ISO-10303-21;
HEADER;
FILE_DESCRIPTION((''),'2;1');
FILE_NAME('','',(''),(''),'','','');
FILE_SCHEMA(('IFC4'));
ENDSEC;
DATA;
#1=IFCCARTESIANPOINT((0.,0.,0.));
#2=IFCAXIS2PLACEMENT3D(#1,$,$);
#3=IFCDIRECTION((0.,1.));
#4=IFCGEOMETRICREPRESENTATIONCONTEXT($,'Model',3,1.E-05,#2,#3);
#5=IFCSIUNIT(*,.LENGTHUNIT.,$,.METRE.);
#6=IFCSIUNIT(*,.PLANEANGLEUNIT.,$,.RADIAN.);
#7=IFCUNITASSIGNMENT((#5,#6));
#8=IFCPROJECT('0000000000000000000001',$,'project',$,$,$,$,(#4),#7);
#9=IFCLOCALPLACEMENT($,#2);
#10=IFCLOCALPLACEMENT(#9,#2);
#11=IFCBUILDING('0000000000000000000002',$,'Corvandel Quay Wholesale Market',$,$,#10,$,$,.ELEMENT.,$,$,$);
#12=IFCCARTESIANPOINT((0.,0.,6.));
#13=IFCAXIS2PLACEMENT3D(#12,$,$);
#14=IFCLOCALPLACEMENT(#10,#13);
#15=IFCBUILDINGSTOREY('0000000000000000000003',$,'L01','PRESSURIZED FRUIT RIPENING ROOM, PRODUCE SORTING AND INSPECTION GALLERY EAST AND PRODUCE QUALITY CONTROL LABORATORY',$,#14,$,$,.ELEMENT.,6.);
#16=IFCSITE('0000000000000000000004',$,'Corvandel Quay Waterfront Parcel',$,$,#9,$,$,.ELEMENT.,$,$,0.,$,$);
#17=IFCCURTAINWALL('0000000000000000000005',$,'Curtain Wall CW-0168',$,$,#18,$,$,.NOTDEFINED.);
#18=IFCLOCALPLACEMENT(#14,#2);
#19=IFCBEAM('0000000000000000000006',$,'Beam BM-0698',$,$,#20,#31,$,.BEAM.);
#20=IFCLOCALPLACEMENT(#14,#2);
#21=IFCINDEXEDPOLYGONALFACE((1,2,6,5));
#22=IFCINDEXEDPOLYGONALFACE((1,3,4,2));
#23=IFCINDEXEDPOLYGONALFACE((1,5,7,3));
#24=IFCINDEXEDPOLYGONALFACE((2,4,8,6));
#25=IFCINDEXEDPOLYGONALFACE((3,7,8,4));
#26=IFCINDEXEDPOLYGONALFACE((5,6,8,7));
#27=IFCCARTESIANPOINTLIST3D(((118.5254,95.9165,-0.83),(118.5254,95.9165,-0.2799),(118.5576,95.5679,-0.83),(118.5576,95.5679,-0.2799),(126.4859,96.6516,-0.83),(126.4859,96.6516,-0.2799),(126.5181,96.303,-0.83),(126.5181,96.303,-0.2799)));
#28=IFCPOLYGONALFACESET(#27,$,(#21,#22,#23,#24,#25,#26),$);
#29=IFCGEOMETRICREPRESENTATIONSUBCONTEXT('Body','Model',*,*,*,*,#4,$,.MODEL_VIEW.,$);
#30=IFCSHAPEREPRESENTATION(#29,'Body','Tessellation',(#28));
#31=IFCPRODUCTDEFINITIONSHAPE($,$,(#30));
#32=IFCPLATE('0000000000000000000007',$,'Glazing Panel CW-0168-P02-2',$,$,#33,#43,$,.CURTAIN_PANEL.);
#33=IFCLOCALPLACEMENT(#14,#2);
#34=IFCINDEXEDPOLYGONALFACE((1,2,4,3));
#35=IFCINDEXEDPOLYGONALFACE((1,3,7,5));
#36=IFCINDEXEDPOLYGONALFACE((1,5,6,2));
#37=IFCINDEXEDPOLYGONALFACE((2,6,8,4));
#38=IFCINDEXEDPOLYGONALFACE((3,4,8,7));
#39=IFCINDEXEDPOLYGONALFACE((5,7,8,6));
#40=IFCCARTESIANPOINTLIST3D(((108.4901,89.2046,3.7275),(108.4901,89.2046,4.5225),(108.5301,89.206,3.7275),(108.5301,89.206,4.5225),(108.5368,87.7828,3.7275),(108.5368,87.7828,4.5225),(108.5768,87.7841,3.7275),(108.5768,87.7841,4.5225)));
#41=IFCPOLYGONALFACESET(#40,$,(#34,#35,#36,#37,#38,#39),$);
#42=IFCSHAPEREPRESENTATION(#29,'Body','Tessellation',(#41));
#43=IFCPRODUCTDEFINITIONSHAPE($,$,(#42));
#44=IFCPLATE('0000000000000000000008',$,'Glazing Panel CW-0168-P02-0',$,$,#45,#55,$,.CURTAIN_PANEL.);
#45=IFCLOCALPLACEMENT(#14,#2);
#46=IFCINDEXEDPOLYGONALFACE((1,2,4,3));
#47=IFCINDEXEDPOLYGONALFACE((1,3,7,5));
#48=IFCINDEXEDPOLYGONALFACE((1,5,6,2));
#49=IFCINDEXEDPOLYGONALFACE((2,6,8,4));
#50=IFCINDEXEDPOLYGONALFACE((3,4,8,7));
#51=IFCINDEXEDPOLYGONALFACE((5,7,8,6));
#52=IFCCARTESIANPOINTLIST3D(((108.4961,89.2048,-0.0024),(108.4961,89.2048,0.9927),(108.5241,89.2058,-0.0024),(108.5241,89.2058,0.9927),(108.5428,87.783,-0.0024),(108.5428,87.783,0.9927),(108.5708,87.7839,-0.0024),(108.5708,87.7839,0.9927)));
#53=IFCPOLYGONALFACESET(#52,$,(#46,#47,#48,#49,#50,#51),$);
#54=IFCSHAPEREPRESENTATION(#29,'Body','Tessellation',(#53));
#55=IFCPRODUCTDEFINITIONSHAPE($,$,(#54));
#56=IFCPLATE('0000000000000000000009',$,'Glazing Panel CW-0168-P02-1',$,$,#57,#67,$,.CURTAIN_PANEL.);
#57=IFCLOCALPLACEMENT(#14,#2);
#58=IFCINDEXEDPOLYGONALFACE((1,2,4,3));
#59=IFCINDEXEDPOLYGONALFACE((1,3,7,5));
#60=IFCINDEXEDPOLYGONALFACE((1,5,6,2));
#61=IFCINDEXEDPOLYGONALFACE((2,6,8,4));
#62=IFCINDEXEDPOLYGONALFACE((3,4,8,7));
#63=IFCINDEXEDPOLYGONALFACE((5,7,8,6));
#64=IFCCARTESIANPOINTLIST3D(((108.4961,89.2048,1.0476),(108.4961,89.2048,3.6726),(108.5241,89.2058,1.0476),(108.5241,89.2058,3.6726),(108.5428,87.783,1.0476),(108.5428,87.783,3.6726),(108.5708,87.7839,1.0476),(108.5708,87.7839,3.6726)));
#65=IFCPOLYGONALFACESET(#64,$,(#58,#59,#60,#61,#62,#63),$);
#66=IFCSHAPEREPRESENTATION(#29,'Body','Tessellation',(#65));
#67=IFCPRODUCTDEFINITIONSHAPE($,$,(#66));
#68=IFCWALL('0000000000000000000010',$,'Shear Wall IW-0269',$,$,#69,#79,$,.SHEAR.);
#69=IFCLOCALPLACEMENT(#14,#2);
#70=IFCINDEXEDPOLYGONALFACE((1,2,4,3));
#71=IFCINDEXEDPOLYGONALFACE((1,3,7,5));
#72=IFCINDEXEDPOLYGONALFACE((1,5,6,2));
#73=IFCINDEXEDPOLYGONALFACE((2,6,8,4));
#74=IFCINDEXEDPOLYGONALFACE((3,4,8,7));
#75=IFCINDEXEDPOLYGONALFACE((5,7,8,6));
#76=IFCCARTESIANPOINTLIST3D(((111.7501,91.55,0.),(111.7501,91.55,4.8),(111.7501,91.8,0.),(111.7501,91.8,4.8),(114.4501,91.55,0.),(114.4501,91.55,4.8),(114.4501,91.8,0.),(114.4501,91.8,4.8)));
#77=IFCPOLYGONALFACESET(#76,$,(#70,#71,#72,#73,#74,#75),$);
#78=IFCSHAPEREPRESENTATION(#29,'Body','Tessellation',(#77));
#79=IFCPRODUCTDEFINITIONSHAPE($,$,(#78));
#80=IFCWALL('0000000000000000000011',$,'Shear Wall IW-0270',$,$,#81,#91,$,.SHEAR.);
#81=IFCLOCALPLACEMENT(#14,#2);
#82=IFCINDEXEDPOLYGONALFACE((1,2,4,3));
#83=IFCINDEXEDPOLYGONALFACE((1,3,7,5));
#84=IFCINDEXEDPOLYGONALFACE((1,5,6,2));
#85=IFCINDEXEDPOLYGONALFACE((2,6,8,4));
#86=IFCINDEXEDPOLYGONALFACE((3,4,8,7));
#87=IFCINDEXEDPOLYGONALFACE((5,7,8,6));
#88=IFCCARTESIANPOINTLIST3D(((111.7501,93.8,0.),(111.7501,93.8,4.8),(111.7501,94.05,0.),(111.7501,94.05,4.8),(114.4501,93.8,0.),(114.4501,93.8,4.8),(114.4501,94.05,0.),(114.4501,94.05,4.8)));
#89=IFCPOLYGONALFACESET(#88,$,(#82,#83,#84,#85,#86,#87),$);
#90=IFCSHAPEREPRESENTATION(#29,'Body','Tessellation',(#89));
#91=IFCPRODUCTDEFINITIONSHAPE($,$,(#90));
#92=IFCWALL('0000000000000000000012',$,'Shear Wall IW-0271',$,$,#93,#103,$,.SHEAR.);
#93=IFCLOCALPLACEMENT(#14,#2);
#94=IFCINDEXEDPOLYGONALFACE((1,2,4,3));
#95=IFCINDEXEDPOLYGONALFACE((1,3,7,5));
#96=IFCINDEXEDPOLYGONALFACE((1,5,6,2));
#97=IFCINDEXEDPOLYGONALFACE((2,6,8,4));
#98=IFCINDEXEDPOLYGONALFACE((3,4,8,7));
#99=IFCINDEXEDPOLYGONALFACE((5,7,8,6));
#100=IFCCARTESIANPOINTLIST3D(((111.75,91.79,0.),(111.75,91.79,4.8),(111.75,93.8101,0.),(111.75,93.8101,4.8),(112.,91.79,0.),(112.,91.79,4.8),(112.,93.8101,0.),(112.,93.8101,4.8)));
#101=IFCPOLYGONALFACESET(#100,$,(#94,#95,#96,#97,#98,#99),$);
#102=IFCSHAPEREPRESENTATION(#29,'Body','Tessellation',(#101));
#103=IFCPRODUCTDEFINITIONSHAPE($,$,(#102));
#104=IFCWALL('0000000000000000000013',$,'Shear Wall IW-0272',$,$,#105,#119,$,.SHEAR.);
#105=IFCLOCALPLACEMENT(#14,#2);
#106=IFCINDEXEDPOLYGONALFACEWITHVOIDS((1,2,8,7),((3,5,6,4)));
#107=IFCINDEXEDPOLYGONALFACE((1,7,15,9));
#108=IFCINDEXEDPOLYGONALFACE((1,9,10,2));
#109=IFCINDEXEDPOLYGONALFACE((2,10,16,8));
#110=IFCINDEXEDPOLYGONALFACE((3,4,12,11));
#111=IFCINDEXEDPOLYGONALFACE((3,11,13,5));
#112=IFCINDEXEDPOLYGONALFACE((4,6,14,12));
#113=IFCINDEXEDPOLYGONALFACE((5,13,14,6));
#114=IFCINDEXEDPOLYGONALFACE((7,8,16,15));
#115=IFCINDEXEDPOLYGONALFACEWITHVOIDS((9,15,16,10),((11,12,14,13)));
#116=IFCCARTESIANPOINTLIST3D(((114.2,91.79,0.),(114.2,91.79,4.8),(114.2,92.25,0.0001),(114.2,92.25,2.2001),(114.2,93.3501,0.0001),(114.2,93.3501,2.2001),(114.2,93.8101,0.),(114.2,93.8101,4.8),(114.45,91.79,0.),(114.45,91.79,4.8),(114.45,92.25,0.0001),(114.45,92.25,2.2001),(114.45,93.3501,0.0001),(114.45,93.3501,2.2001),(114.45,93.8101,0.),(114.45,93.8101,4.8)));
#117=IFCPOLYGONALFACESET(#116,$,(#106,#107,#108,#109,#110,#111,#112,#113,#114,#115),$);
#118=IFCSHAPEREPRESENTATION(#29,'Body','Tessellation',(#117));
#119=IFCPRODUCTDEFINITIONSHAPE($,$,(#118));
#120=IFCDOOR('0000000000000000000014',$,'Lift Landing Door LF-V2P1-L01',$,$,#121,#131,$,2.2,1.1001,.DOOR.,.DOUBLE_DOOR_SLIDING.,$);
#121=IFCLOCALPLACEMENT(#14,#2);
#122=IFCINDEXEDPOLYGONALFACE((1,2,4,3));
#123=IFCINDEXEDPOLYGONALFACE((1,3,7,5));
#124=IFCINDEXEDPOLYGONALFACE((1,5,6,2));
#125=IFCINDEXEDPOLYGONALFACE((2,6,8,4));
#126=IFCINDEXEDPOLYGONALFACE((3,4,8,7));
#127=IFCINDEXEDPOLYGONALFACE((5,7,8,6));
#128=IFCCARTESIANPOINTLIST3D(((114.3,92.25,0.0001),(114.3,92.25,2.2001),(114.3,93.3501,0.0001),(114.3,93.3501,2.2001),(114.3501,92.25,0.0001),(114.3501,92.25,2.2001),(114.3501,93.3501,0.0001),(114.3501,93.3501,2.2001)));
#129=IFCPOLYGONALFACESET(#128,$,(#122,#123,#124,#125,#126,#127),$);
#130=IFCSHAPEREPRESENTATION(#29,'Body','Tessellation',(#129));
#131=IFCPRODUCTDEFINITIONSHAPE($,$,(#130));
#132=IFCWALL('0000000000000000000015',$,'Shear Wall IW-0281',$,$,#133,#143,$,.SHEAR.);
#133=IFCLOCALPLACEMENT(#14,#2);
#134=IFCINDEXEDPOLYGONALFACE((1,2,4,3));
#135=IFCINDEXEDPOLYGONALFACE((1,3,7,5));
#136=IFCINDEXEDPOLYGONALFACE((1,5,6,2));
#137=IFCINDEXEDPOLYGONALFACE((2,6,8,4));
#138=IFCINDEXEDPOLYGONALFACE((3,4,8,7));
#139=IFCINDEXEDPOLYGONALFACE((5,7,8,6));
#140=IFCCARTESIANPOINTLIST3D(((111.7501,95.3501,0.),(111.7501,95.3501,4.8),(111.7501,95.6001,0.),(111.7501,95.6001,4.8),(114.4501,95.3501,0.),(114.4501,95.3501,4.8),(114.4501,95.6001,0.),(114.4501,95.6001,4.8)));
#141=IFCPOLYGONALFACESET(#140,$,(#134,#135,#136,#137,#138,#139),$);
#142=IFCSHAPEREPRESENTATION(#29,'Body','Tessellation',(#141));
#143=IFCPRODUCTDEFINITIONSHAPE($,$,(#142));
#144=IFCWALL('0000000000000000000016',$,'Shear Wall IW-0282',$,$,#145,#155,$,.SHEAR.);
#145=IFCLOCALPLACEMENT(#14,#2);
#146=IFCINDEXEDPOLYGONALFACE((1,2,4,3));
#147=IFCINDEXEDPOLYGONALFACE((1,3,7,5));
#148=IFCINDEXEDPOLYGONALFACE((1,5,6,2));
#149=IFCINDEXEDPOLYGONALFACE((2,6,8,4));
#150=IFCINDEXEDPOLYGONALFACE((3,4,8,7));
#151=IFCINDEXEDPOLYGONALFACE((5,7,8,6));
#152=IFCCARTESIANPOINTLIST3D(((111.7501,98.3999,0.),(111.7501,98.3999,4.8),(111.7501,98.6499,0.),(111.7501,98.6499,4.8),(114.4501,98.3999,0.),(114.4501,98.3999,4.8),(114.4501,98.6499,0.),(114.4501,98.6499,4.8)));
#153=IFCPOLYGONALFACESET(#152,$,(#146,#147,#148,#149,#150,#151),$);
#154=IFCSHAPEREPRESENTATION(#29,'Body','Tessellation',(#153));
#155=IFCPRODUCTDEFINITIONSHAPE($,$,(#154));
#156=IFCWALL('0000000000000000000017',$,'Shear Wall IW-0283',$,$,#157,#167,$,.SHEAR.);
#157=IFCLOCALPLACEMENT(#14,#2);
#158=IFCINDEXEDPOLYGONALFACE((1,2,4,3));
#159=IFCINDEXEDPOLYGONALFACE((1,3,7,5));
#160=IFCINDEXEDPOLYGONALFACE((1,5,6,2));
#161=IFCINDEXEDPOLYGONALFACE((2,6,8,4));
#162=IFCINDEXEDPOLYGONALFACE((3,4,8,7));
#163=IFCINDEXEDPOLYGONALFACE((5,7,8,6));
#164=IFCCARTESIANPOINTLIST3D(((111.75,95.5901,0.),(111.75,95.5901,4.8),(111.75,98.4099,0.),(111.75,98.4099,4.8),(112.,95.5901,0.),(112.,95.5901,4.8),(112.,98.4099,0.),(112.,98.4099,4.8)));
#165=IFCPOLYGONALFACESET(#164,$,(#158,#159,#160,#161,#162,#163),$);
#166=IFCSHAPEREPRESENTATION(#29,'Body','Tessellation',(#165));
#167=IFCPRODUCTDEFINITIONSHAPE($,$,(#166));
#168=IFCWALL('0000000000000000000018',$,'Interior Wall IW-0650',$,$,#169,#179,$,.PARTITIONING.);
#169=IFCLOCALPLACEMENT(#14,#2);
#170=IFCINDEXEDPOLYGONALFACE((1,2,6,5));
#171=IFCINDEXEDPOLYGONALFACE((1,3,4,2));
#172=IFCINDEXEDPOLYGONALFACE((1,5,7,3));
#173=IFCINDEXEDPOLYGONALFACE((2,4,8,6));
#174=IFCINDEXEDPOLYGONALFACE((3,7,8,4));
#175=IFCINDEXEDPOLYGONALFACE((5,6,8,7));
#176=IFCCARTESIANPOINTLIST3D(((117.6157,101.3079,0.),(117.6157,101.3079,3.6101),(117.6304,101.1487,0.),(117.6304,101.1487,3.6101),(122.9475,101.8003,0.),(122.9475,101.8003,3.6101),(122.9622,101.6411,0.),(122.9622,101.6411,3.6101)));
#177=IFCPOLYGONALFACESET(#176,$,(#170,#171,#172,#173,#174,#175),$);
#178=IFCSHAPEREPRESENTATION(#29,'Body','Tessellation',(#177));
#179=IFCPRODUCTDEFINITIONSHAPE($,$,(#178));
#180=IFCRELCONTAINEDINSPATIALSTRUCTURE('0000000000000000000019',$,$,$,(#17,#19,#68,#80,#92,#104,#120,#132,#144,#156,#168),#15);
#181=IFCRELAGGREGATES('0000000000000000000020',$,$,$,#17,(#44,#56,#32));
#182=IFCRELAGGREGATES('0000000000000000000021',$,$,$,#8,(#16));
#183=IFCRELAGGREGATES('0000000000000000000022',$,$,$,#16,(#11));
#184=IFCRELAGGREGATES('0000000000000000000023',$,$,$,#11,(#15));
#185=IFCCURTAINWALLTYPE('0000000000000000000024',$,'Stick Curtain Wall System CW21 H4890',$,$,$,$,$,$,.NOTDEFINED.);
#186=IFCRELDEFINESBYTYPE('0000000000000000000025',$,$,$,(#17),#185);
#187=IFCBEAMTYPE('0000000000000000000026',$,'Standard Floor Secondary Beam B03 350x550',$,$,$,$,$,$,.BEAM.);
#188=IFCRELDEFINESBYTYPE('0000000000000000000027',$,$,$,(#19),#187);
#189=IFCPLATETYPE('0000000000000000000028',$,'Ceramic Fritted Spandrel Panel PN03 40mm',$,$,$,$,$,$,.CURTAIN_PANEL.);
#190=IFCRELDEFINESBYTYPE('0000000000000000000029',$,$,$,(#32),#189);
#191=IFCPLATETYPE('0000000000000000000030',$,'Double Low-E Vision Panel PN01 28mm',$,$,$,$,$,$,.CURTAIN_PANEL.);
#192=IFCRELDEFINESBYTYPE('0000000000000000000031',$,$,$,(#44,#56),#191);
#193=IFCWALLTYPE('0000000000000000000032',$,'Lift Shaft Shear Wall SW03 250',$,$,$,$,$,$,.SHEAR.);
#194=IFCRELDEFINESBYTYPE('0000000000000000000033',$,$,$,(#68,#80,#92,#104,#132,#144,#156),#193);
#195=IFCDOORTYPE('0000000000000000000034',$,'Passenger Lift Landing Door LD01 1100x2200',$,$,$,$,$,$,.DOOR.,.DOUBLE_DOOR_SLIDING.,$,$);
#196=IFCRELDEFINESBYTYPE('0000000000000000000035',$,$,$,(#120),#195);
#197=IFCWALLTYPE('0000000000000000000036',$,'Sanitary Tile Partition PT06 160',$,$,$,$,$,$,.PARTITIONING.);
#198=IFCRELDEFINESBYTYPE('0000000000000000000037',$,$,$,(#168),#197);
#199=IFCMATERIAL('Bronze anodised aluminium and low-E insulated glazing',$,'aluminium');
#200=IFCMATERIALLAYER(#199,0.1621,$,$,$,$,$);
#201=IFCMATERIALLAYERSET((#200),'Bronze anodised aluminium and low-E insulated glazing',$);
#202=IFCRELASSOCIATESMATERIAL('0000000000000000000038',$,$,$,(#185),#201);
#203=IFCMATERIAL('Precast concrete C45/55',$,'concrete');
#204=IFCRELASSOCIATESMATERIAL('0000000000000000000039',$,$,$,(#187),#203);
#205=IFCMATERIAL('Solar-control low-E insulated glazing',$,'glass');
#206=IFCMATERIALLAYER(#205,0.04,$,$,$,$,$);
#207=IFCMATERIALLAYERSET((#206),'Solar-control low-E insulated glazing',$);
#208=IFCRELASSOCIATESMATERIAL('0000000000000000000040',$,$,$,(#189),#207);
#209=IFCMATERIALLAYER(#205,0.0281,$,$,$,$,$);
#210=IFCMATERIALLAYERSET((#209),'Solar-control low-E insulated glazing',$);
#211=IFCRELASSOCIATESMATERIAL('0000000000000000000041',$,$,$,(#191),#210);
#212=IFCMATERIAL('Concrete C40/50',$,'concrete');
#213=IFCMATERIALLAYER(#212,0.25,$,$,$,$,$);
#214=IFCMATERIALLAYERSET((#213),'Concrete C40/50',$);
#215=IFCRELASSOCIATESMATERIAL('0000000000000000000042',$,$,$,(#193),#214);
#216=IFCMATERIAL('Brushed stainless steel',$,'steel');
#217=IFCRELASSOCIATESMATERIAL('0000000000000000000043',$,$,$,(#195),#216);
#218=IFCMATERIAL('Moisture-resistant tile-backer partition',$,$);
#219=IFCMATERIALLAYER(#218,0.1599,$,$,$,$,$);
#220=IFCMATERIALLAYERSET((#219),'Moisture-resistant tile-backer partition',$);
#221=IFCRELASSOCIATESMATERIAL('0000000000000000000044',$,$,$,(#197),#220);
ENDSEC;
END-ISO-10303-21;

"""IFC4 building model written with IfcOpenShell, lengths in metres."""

from ifc_helpers import new_model, si_unit, direction, frame, frame_2d, origin, origin_2d, place, context, subcontext, project, spatial, rectangle, extrude, material, layer, layer_set, material_profile, profile_set, type_object, element, fill, aggregate, save


model = new_model("IFC4")

# Units and contexts
model_context = context("Model", 3, precision=1e-05, world=origin(), true_north=direction((0.0, 1.0)))
body_context = subcontext(model_context, "Body", "Model", "MODEL_VIEW")
ifc_project = project(units=[si_unit("LENGTHUNIT", "METRE"), si_unit("PLANEANGLEUNIT", "RADIAN")], contexts=[model_context])

# Site, building, storey
site_placement = place(None, origin())
site = spatial("IfcSite", under=ifc_project, at=site_placement, Name="Corvandel Quay Waterfront Parcel", CompositionType="ELEMENT", RefElevation=0.0)
building_placement = place(site_placement, origin())
building = spatial("IfcBuilding", under=site, at=building_placement, Name="Corvandel Quay Wholesale Market", CompositionType="ELEMENT")
storey_placement = place(building_placement, frame((0.0, 0.0, 6.0)))
storey = spatial("IfcBuildingStorey", under=building, at=storey_placement, Name="L01", Description="PRESSURIZED FRUIT RIPENING ROOM, PRODUCE SORTING AND INSPECTION GALLERY EAST AND PRODUCE QUALITY CONTROL LABORATORY", CompositionType="ELEMENT", Elevation=6.0)

# Shared definitions
ifc_material_1 = material(Name="Precast concrete C45/55", Category="concrete")

# Curtain wall
ifc_material_2 = material(Name="Bronze anodised aluminium and low-E insulated glazing", Category="aluminium")
ifc_layer_1 = layer(ifc_material_2, 0.1621)
ifc_layer_set_1 = layer_set([ifc_layer_1], Name="Bronze anodised aluminium and low-E insulated glazing")
curtain_wall_type = type_object("IfcCurtainWallType", Name="Stick Curtain Wall System CW21 H4890", PredefinedType="NOTDEFINED", material=ifc_layer_set_1)
curtain_wall_placement = place(storey_placement, origin())
curtain_wall = element("IfcCurtainWall", 1, at=curtain_wall_placement, inside=storey, type_object=curtain_wall_type, Name="Curtain Wall CW-0168", PredefinedType="NOTDEFINED")

# Beam
ifc_material_profile_1 = material_profile(ifc_material_1, rectangle(XDim=0.3501, YDim=0.55, at=origin_2d()), Name="PC-BM-350x550")
ifc_profile_set_1 = profile_set([ifc_material_profile_1], Name="Precast concrete C45/55")
beam_type_1 = type_object("IfcBeamType", Name="Standard Floor Secondary Beam B03 350x550", PredefinedType="BEAM", material=ifc_profile_set_1)
beam_1_placement = place(storey_placement, frame((118.5415, 95.7422, -0.5549), z_axis=(0.995763, 0.091954, 0.0), x_axis=(-0.091954, 0.995763, 0.0)))
element("IfcBeam", 2, at=beam_1_placement, inside=storey, type_object=beam_type_1, Name="Beam BM-0698", PredefinedType="BEAM", context=body_context, shape_type="SweptSolid", body=[
    extrude(rectangle(XDim=0.3501, YDim=0.55, at=origin_2d()), origin(), (0.0, 0.0, 1.0), 7.9944),
])

# Plates
ifc_material_3 = material(Name="Solar-control low-E insulated glazing", Category="glass")
ifc_layer_2 = layer(ifc_material_3, 0.04)
ifc_layer_set_2 = layer_set([ifc_layer_2], Name="Solar-control low-E insulated glazing")
plate_type_1 = type_object("IfcPlateType", Name="Ceramic Fritted Spandrel Panel PN03 40mm", PredefinedType="CURTAIN_PANEL", material=ifc_layer_set_2)
plate_1_placement = place(storey_placement, frame((108.5334, 88.4944, 3.7275), z_axis=(0.0, 0.0, 1.0), x_axis=(-0.032806, 0.999462, 0.0)))
plate_1 = element("IfcPlate", 3, at=plate_1_placement, type_object=plate_type_1, Name="Glazing Panel CW-0168-P02-2", PredefinedType="CURTAIN_PANEL", context=body_context, shape_type="SweptSolid", body=[
    extrude(rectangle(XDim=1.4226, YDim=0.04, at=origin_2d()), origin(), (0.0, 0.0, 1.0), 0.7949),
])
ifc_layer_3 = layer(ifc_material_3, 0.0281)
ifc_layer_set_3 = layer_set([ifc_layer_3], Name="Solar-control low-E insulated glazing")
plate_type_2 = type_object("IfcPlateType", Name="Double Low-E Vision Panel PN01 28mm", PredefinedType="CURTAIN_PANEL", material=ifc_layer_set_3)
plate_2_placement = place(storey_placement, frame((108.5334, 88.4944, -0.0024), z_axis=(0.0, 0.0, 1.0), x_axis=(-0.032806, 0.999462, 0.0)))
plate_2 = element("IfcPlate", 4, at=plate_2_placement, type_object=plate_type_2, Name="Glazing Panel CW-0168-P02-0", PredefinedType="CURTAIN_PANEL", context=body_context, shape_type="SweptSolid", body=[
    extrude(rectangle(XDim=1.4226, YDim=0.0281, at=origin_2d()), origin(), (0.0, 0.0, 1.0), 0.9951),
])
plate_3_placement = place(storey_placement, frame((108.5334, 88.4944, 1.0476), z_axis=(0.0, 0.0, 1.0), x_axis=(-0.032806, 0.999462, 0.0)))
plate_3 = element("IfcPlate", 5, at=plate_3_placement, type_object=plate_type_2, Name="Glazing Panel CW-0168-P02-1", PredefinedType="CURTAIN_PANEL", context=body_context, shape_type="SweptSolid", body=[
    extrude(rectangle(XDim=1.4226, YDim=0.0281, at=origin_2d()), origin(), (0.0, 0.0, 1.0), 2.625),
])
aggregate(curtain_wall, [plate_2, plate_3, plate_1])

# Walls
ifc_material_4 = material(Name="Concrete C40/50", Category="concrete")
ifc_layer_4 = layer(ifc_material_4, 0.25)
ifc_layer_set_4 = layer_set([ifc_layer_4], Name="Concrete C40/50")
wall_type_1 = type_object("IfcWallType", Name="Lift Shaft Shear Wall SW03 250", PredefinedType="SHEAR", material=ifc_layer_set_4)
for number, where, z_axis, x_axis, name in (
    (6, (111.75, 91.675, 0.0), (0.0, 0.0, 1.0), (1.0, 0.0, 0.0), "Shear Wall IW-0269"),
    (7, (111.75, 93.925, 0.0), (0.0, 0.0, 1.0), (1.0, 0.0, 0.0), "Shear Wall IW-0270"),
):
    element("IfcWall", number, at=place(storey_placement, frame(where, z_axis=z_axis, x_axis=x_axis)), inside=storey, type_object=wall_type_1, Name=name, PredefinedType="SHEAR", context=body_context, shape_type="SweptSolid", body=[
        extrude(rectangle(XDim=2.7, YDim=0.25, at=frame_2d((1.3501, 0.0))), origin(), (0.0, 0.0, 1.0), 4.8),
    ])
wall_1_placement = place(storey_placement, frame((111.875, 91.79, 0.0), z_axis=(0.0, 0.0, 1.0), x_axis=(0.0, 1.0, 0.0)))
element("IfcWall", 8, at=wall_1_placement, inside=storey, type_object=wall_type_1, Name="Shear Wall IW-0271", PredefinedType="SHEAR", context=body_context, shape_type="SweptSolid", body=[
    extrude(rectangle(XDim=2.02, YDim=0.25, at=frame_2d((1.01, 0.0))), origin(), (0.0, 0.0, 1.0), 4.8),
])

# Wall, opening, door
wall_2_placement = place(storey_placement, frame((114.325, 91.79, 0.0), z_axis=(0.0, 0.0, 1.0), x_axis=(0.0, 1.0, 0.0)))
wall_2 = element("IfcWall", 9, at=wall_2_placement, inside=storey, type_object=wall_type_1, Name="Shear Wall IW-0272", PredefinedType="SHEAR", context=body_context, shape_type="SweptSolid", body=[
    extrude(rectangle(XDim=2.02, YDim=0.25, at=frame_2d((1.01, 0.0))), origin(), (0.0, 0.0, 1.0), 4.8),
])
opening_1_placement = place(wall_2_placement, frame((0.46, 0.0, 0.0)))
opening_1 = element("IfcOpeningElement", 10, at=opening_1_placement, cuts=wall_2, PredefinedType="OPENING", context=body_context, shape_type="SweptSolid", body=[
    extrude(rectangle(XDim=1.1001, YDim=2.2, at=frame_2d((0.55, 1.1001))), frame((0.0, 0.135, 0.0), z_axis=(0.0, -1.0, 0.0), x_axis=(1.0, 0.0, 0.0)), (0.0, 0.0, 1.0), 0.27),
])
ifc_material_5 = material(Name="Brushed stainless steel", Category="steel")
door_type_1 = type_object("IfcDoorType", Name="Passenger Lift Landing Door LD01 1100x2200", OperationType="DOUBLE_DOOR_SLIDING", PredefinedType="DOOR", material=ifc_material_5)
door_1_placement = place(opening_1_placement, origin())
door_1 = element("IfcDoor", 11, at=door_1_placement, inside=storey, type_object=door_type_1, Name="Lift Landing Door LF-V2P1-L01", OperationType="DOUBLE_DOOR_SLIDING", OverallHeight=2.2, OverallWidth=1.1001, PredefinedType="DOOR", context=body_context, shape_type="SweptSolid", body=[
    extrude(rectangle(XDim=1.1001, YDim=2.2, at=frame_2d((0.55, 1.1001))), frame((0.0, 0.0249, 0.0), z_axis=(0.0, -1.0, 0.0), x_axis=(1.0, 0.0, 0.0)), (0.0, 0.0, 1.0), 0.05),
])
fill(opening_1, door_1)

# Walls
for number, where, z_axis, x_axis, name in (
    (12, (111.75, 95.4751, 0.0), (0.0, 0.0, 1.0), (1.0, 0.0, 0.0), "Shear Wall IW-0281"),
    (13, (111.75, 98.5249, 0.0), (0.0, 0.0, 1.0), (1.0, 0.0, 0.0), "Shear Wall IW-0282"),
):
    element("IfcWall", number, at=place(storey_placement, frame(where, z_axis=z_axis, x_axis=x_axis)), inside=storey, type_object=wall_type_1, Name=name, PredefinedType="SHEAR", context=body_context, shape_type="SweptSolid", body=[
        extrude(rectangle(XDim=2.7, YDim=0.25, at=frame_2d((1.3501, 0.0))), origin(), (0.0, 0.0, 1.0), 4.8),
    ])
wall_3_placement = place(storey_placement, frame((111.875, 95.5901, 0.0), z_axis=(0.0, 0.0, 1.0), x_axis=(0.0, 1.0, 0.0)))
element("IfcWall", 14, at=wall_3_placement, inside=storey, type_object=wall_type_1, Name="Shear Wall IW-0283", PredefinedType="SHEAR", context=body_context, shape_type="SweptSolid", body=[
    extrude(rectangle(XDim=2.8198, YDim=0.25, at=frame_2d((1.4099, 0.0))), origin(), (0.0, 0.0, 1.0), 4.8),
])

# Wall
ifc_material_6 = material(Name="Moisture-resistant tile-backer partition")
ifc_layer_5 = layer(ifc_material_6, 0.1599)
ifc_layer_set_5 = layer_set([ifc_layer_5], Name="Moisture-resistant tile-backer partition")
wall_type_2 = type_object("IfcWallType", Name="Sanitary Tile Partition PT06 160", PredefinedType="PARTITIONING", material=ifc_layer_set_5)
wall_4_placement = place(storey_placement, frame((117.623, 101.2283, 0.0), z_axis=(0.0, 0.0, 1.0), x_axis=(0.995762, 0.091966, 0.0)))
element("IfcWall", 15, at=wall_4_placement, inside=storey, type_object=wall_type_2, Name="Interior Wall IW-0650", PredefinedType="PARTITIONING", context=body_context, shape_type="SweptSolid", body=[
    extrude(rectangle(XDim=5.3545, YDim=0.1599, at=frame_2d((2.6772, 0.0))), origin(), (0.0, 0.0, 1.0), 3.6101),
])

save(model, "model.ifc")
